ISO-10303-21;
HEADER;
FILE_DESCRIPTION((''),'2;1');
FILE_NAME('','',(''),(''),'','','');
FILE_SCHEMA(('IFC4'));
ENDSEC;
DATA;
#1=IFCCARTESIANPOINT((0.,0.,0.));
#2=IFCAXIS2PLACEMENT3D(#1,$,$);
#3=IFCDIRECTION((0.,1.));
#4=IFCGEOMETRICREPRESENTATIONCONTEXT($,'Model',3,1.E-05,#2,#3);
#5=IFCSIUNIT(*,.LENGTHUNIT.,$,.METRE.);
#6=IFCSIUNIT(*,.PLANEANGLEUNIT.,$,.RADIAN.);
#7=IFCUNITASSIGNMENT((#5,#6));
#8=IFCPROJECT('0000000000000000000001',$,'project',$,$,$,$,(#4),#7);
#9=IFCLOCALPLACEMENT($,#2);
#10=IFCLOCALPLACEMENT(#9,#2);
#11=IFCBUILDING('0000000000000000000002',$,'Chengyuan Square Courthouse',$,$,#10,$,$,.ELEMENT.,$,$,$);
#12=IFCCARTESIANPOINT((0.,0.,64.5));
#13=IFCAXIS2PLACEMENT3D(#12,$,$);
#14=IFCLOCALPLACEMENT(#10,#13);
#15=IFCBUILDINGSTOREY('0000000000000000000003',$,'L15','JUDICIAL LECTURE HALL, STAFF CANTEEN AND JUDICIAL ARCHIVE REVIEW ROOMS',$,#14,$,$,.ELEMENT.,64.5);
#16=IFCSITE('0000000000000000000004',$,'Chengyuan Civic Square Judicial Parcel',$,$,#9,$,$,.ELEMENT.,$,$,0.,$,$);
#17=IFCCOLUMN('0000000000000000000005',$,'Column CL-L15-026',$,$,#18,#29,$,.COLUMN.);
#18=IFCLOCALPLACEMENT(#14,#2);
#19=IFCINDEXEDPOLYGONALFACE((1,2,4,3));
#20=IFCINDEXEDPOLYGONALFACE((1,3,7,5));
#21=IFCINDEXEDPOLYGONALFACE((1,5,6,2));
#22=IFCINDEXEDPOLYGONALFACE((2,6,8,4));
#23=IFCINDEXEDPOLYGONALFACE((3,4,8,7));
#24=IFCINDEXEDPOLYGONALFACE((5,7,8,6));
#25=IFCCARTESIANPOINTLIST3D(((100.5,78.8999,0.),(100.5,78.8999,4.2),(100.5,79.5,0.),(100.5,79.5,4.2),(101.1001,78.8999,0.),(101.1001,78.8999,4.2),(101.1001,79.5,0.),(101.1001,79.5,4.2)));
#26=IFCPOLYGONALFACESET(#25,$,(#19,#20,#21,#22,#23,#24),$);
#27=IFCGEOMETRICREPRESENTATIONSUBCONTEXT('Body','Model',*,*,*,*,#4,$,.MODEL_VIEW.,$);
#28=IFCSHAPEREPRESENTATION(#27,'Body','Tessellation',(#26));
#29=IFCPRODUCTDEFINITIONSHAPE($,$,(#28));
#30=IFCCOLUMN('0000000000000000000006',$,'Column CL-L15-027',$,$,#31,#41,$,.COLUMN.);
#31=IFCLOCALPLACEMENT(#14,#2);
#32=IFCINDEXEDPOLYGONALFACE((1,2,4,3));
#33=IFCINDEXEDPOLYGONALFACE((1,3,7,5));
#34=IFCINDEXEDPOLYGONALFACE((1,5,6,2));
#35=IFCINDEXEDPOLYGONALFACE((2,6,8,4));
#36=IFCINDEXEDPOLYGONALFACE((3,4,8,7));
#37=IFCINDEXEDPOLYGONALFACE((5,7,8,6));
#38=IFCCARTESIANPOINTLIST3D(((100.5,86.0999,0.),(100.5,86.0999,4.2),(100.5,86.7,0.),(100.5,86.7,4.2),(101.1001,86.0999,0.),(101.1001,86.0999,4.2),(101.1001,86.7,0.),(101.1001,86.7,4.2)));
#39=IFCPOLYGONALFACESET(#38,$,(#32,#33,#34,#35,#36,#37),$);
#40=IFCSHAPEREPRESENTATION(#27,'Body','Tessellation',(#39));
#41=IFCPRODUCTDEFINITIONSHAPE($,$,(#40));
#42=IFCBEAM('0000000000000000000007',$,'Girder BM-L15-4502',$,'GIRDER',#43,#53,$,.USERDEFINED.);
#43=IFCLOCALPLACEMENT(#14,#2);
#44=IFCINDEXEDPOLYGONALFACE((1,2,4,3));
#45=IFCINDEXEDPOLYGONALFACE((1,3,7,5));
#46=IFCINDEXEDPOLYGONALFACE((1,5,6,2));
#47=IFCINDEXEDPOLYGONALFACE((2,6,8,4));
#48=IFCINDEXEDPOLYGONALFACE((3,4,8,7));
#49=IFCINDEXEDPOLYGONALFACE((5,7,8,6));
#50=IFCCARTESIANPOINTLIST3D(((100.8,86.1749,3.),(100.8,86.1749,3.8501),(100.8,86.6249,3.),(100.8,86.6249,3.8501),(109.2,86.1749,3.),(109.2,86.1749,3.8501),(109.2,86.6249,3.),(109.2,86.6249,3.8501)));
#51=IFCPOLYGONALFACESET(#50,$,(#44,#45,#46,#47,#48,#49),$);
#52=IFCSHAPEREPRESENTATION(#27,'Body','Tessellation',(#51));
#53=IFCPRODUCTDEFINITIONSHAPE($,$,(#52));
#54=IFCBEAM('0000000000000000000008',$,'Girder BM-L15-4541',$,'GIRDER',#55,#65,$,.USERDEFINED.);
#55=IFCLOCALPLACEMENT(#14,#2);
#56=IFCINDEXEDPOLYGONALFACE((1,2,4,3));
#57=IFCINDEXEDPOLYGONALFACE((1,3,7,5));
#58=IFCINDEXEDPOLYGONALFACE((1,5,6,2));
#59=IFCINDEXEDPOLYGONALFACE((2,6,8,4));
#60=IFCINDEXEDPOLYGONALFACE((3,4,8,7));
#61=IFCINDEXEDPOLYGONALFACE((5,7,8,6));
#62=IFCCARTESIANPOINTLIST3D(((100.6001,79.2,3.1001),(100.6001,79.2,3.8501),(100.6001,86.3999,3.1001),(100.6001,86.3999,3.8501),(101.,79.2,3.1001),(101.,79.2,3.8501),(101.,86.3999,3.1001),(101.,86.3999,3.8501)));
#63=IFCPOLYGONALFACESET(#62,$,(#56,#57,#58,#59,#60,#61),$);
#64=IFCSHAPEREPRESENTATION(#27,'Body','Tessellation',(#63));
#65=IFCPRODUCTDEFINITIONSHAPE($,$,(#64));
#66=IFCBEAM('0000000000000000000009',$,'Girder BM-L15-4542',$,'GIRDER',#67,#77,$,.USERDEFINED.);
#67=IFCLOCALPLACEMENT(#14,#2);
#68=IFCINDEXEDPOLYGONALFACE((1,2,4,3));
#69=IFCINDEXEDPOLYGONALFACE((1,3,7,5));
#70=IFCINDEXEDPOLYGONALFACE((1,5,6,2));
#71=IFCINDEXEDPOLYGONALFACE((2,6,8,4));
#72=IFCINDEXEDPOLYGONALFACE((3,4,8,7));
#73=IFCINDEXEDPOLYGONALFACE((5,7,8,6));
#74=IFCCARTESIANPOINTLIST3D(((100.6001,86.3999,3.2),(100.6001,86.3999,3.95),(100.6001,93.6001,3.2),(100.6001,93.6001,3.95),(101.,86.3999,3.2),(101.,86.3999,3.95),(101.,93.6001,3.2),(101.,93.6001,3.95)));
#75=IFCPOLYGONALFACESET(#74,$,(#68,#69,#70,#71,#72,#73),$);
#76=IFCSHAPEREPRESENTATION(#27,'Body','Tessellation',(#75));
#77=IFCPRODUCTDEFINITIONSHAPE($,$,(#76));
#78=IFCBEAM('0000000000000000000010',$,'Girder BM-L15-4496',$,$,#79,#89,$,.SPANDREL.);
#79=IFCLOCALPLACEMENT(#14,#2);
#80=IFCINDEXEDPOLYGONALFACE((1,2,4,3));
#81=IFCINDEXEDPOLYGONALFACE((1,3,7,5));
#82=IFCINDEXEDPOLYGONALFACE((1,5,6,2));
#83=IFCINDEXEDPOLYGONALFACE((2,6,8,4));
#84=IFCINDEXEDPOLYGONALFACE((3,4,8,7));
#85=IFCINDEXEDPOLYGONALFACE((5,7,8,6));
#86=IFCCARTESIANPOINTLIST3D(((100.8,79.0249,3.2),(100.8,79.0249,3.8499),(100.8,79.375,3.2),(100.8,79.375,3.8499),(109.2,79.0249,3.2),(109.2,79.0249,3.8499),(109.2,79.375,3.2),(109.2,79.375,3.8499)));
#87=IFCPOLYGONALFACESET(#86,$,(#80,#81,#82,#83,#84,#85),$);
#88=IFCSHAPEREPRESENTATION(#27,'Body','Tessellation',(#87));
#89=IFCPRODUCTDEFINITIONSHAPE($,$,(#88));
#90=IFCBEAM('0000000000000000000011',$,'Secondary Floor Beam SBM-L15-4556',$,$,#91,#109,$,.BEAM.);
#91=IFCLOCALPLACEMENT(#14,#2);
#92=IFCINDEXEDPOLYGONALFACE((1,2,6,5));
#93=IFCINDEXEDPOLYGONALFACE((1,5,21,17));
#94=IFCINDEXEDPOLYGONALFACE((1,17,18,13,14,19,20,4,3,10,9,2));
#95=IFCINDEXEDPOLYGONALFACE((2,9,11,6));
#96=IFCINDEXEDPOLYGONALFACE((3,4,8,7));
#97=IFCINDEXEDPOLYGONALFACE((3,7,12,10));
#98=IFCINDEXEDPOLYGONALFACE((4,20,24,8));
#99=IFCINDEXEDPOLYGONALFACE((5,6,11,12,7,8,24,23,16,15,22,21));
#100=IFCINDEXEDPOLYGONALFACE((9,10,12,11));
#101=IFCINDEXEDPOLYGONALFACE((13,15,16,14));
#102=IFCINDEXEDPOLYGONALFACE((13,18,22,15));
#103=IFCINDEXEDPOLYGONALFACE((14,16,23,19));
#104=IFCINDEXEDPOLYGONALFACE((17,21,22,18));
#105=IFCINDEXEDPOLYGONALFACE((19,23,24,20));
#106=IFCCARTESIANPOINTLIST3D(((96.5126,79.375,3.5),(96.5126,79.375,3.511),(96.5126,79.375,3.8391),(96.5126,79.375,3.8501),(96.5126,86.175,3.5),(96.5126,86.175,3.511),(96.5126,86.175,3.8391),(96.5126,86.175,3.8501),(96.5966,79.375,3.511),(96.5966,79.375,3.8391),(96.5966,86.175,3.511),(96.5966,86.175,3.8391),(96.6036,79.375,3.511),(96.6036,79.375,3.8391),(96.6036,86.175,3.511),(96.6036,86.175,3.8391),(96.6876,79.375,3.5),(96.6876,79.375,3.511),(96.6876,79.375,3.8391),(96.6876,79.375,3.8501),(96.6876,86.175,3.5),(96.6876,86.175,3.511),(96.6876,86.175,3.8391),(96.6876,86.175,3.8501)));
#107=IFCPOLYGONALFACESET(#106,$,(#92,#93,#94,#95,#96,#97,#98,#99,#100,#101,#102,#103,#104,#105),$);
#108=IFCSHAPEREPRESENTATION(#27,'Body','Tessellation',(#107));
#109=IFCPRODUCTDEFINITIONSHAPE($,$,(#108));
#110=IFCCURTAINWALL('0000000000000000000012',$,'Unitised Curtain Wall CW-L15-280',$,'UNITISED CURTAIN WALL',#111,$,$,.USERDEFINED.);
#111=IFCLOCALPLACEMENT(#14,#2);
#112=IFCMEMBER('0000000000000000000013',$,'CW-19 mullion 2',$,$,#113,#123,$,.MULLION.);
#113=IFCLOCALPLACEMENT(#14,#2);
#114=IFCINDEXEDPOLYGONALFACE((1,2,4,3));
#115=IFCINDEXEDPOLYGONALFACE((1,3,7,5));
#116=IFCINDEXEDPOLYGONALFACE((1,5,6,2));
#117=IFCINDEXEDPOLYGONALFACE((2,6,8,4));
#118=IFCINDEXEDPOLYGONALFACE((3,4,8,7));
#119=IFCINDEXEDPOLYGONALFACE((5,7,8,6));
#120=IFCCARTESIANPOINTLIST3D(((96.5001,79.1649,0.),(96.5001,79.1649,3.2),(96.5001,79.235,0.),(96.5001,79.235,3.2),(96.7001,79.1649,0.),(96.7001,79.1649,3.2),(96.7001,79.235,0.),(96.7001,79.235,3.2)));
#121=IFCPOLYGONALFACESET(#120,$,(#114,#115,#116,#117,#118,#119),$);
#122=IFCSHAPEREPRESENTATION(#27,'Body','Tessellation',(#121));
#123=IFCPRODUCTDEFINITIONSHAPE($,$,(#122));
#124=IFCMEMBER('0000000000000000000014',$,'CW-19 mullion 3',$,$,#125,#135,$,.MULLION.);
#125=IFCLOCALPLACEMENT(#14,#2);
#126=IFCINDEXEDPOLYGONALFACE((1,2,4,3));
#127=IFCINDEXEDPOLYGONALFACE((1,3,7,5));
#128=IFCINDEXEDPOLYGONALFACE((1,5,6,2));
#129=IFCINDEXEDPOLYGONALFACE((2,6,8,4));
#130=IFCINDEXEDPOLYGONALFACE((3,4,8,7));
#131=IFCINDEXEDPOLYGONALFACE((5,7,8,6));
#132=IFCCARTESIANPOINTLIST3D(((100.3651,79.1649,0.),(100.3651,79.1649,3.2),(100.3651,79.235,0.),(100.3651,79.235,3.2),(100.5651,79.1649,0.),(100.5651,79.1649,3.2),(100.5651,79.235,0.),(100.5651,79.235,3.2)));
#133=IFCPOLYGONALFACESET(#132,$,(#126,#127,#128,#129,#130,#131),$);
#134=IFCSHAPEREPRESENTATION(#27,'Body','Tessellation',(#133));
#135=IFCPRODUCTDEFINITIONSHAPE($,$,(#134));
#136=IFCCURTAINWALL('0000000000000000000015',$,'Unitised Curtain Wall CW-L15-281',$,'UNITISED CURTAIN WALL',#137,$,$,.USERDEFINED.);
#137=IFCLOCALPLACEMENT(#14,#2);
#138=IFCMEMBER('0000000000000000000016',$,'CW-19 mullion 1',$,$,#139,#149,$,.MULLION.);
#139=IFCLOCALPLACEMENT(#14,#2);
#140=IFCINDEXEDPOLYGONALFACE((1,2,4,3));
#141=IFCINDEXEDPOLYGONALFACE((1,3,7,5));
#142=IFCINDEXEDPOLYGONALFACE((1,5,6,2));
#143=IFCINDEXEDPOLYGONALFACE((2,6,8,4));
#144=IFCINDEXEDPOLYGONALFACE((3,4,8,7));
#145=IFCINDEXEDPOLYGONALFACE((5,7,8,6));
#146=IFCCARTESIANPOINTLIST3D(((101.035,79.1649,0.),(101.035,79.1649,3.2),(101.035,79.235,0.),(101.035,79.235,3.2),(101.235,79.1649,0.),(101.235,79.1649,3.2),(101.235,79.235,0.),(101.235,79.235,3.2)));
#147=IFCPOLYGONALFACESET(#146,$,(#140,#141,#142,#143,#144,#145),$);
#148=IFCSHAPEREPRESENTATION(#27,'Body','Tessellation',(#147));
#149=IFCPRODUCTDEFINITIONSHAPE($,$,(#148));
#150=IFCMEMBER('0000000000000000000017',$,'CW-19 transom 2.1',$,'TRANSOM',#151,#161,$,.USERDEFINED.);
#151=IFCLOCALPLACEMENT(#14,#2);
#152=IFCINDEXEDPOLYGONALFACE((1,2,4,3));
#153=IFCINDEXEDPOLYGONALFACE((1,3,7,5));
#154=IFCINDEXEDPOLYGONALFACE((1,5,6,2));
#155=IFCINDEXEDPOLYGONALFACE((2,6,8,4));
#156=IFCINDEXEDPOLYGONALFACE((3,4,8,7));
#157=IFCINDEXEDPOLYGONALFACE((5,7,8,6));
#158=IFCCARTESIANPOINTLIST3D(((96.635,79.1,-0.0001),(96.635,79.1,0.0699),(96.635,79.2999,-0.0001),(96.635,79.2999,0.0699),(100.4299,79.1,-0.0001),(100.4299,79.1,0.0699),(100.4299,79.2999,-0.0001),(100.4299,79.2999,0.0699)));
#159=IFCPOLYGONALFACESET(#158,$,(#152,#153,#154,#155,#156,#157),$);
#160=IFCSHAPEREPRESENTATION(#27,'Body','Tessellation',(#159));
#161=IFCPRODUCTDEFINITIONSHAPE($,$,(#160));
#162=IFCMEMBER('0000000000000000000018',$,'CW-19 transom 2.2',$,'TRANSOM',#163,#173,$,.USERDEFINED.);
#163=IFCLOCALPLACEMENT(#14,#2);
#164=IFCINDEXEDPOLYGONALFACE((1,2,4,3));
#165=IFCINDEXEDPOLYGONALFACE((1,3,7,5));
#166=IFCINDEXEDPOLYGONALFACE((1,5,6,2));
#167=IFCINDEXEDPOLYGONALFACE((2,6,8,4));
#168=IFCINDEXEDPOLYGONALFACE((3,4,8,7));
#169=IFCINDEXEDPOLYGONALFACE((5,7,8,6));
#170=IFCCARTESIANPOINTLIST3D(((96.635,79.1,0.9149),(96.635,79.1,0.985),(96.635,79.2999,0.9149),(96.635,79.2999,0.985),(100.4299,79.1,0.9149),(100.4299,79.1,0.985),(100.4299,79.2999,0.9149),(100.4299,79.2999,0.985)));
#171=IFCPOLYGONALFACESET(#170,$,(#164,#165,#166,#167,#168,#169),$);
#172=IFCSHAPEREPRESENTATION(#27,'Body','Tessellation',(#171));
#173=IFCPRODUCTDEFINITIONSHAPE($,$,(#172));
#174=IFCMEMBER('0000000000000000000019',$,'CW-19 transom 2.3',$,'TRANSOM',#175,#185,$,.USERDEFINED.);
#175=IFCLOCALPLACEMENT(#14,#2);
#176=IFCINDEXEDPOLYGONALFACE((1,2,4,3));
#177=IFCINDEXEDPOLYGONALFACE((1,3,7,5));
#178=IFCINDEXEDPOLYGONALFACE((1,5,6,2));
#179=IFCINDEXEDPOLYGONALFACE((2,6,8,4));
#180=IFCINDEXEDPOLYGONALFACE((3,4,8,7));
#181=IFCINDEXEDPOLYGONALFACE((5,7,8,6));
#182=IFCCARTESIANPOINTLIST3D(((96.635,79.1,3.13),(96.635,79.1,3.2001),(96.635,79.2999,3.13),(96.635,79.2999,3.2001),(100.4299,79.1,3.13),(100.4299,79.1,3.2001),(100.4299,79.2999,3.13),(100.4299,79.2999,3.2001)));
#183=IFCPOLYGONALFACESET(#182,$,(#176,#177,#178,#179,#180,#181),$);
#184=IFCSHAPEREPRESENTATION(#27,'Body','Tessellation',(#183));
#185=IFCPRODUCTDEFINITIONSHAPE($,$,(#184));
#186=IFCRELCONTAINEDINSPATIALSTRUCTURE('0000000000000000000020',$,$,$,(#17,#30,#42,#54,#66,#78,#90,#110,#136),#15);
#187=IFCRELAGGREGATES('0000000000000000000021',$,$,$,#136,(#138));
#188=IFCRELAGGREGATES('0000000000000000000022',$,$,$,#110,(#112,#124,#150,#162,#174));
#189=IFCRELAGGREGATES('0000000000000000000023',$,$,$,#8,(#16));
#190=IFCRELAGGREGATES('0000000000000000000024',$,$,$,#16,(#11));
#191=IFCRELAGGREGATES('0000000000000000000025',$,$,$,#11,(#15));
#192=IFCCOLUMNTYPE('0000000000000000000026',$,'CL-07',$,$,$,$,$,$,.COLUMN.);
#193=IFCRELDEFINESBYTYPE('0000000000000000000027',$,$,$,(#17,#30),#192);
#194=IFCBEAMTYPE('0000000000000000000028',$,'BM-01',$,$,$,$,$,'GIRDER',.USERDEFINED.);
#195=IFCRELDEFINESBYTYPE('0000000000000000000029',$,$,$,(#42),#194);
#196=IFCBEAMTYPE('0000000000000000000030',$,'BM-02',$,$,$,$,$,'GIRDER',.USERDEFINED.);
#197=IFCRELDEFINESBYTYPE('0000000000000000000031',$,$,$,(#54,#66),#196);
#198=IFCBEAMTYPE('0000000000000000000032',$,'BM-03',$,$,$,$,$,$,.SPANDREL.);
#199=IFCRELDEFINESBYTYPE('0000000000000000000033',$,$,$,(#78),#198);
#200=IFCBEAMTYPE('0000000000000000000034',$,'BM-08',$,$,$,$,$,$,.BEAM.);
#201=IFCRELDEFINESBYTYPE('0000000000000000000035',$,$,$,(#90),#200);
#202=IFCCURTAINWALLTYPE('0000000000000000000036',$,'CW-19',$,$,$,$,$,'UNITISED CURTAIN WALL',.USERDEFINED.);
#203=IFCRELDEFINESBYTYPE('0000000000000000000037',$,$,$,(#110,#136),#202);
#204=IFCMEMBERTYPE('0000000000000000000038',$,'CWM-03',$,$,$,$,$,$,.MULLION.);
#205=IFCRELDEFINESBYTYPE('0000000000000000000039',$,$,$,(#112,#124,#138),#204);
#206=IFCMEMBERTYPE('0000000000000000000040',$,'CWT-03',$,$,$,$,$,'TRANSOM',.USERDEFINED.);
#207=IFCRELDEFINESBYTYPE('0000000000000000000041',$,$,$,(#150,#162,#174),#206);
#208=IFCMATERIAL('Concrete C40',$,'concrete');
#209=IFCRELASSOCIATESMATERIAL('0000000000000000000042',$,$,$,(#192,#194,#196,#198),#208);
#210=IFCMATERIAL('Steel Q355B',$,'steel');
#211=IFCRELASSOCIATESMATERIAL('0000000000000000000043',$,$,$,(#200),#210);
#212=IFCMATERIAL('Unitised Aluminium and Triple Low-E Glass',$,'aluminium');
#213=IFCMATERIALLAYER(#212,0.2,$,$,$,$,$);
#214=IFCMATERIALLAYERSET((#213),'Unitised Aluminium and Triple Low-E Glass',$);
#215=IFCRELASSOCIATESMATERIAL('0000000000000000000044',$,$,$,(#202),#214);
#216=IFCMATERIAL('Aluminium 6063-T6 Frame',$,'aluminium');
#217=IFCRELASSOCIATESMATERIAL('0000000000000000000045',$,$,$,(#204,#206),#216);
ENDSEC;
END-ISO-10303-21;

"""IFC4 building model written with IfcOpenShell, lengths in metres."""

from ifc_helpers import new_model, si_unit, direction, frame, origin, origin_2d, place, context, subcontext, project, spatial, rectangle, i_section, extrude, material, layer, layer_set, material_profile, profile_set, type_object, element, aggregate, save


model = new_model("IFC4")

# Units and contexts
model_context = context("Model", 3, precision=1e-05, world=origin(), true_north=direction((0.0, 1.0)))
body_context = subcontext(model_context, "Body", "Model", "MODEL_VIEW")
ifc_project = project(units=[si_unit("LENGTHUNIT", "METRE"), si_unit("PLANEANGLEUNIT", "RADIAN")], contexts=[model_context])

# Site, building, storey
site_placement = place(None, origin())
site = spatial("IfcSite", under=ifc_project, at=site_placement, Name="Chengyuan Civic Square Judicial Parcel", CompositionType="ELEMENT", RefElevation=0.0)
building_placement = place(site_placement, origin())
building = spatial("IfcBuilding", under=site, at=building_placement, Name="Chengyuan Square Courthouse", CompositionType="ELEMENT")
storey_placement = place(building_placement, frame((0.0, 0.0, 64.5)))
storey = spatial("IfcBuildingStorey", under=building, at=storey_placement, Name="L15", Description="JUDICIAL LECTURE HALL, STAFF CANTEEN AND JUDICIAL ARCHIVE REVIEW ROOMS", CompositionType="ELEMENT", Elevation=64.5)

# Columns
ifc_material_1 = material(Name="Concrete C40", Category="concrete")
ifc_material_profile_1 = material_profile(ifc_material_1, rectangle(XDim=0.6001, YDim=0.6001, at=origin_2d()), Name="RC-COL-600x600")
ifc_profile_set_1 = profile_set([ifc_material_profile_1], Name="Concrete C40")
column_type = type_object("IfcColumnType", Name="CL-07", PredefinedType="COLUMN", material=ifc_profile_set_1)
for number, where, z_axis, x_axis, name in (
    (1, (100.8, 79.2, 0.0), (0.0, 0.0, 1.0), (1.0, 0.0, 0.0), "Column CL-L15-026"),
    (2, (100.8, 86.3999, 0.0), (0.0, 0.0, 1.0), (1.0, 0.0, 0.0), "Column CL-L15-027"),
):
    element("IfcColumn", number, at=place(storey_placement, frame(where, z_axis=z_axis, x_axis=x_axis)), inside=storey, type_object=column_type, Name=name, PredefinedType="COLUMN", context=body_context, shape_type="SweptSolid", body=[
        extrude(rectangle(XDim=0.6001, YDim=0.6001, at=origin_2d()), origin(), (0.0, 0.0, 1.0), 4.2),
    ])

# Beams
ifc_material_profile_2 = material_profile(ifc_material_1, rectangle(XDim=0.45, YDim=0.8501, at=origin_2d()), Name="RC-BM-450x850")
ifc_profile_set_2 = profile_set([ifc_material_profile_2], Name="Concrete C40")
beam_type_1 = type_object("IfcBeamType", Name="BM-01", ElementType="GIRDER", PredefinedType="USERDEFINED", material=ifc_profile_set_2)
beam_1_placement = place(storey_placement, frame((100.8, 86.3999, 3.425), z_axis=(1.0, 0.0, 0.0), x_axis=(0.0, 1.0, 0.0)))
element("IfcBeam", 3, at=beam_1_placement, inside=storey, type_object=beam_type_1, Name="Girder BM-L15-4502", ObjectType="GIRDER", PredefinedType="USERDEFINED", context=body_context, shape_type="SweptSolid", body=[
    extrude(rectangle(XDim=0.45, YDim=0.8501, at=origin_2d()), origin(), (0.0, 0.0, 1.0), 8.3999),
])
ifc_material_profile_3 = material_profile(ifc_material_1, rectangle(XDim=0.3999, YDim=0.75, at=origin_2d()), Name="RC-BM-400x750")
ifc_profile_set_3 = profile_set([ifc_material_profile_3], Name="Concrete C40")
beam_type_2 = type_object("IfcBeamType", Name="BM-02", ElementType="GIRDER", PredefinedType="USERDEFINED", material=ifc_profile_set_3)
beam_2_placement = place(storey_placement, frame((100.8, 79.2, 3.4751), z_axis=(0.0, 1.0, 0.0), x_axis=(-1.0, 0.0, 0.0)))
element("IfcBeam", 4, at=beam_2_placement, inside=storey, type_object=beam_type_2, Name="Girder BM-L15-4541", ObjectType="GIRDER", PredefinedType="USERDEFINED", context=body_context, shape_type="SweptSolid", body=[
    extrude(rectangle(XDim=0.3999, YDim=0.75, at=origin_2d()), origin(), (0.0, 0.0, 1.0), 7.2),
])
beam_3_placement = place(storey_placement, frame((100.8, 86.3999, 3.575), z_axis=(0.0, 1.0, 0.0), x_axis=(-1.0, 0.0, 0.0)))
element("IfcBeam", 5, at=beam_3_placement, inside=storey, type_object=beam_type_2, Name="Girder BM-L15-4542", ObjectType="GIRDER", PredefinedType="USERDEFINED", context=body_context, shape_type="SweptSolid", body=[
    extrude(rectangle(XDim=0.3999, YDim=0.75, at=origin_2d()), origin(), (0.0, 0.0, 1.0), 7.2002),
])
ifc_material_profile_4 = material_profile(ifc_material_1, rectangle(XDim=0.3501, YDim=0.6499, at=origin_2d()), Name="RC-BM-350x650")
ifc_profile_set_4 = profile_set([ifc_material_profile_4], Name="Concrete C40")
beam_type_3 = type_object("IfcBeamType", Name="BM-03", PredefinedType="SPANDREL", material=ifc_profile_set_4)
beam_4_placement = place(storey_placement, frame((100.8, 79.2, 3.5249), z_axis=(1.0, 0.0, 0.0), x_axis=(0.0, 1.0, 0.0)))
element("IfcBeam", 6, at=beam_4_placement, inside=storey, type_object=beam_type_3, Name="Girder BM-L15-4496", PredefinedType="SPANDREL", context=body_context, shape_type="SweptSolid", body=[
    extrude(rectangle(XDim=0.3501, YDim=0.6499, at=origin_2d()), origin(), (0.0, 0.0, 1.0), 8.3999),
])
ifc_material_2 = material(Name="Steel Q355B", Category="steel")
ifc_material_profile_5 = material_profile(ifc_material_2, i_section(OverallWidth=0.175, OverallDepth=0.3501, WebThickness=0.0071, FlangeThickness=0.011, at=origin_2d()), Name="HN 350x175x7x11")
ifc_profile_set_5 = profile_set([ifc_material_profile_5], Name="Steel Q355B")
beam_type_4 = type_object("IfcBeamType", Name="BM-08", PredefinedType="BEAM", material=ifc_profile_set_5)
beam_5_placement = place(storey_placement, frame((96.6001, 79.375, 3.675), z_axis=(0.0, 1.0, 0.0), x_axis=(-1.0, 0.0, 0.0)))
element("IfcBeam", 7, at=beam_5_placement, inside=storey, type_object=beam_type_4, Name="Secondary Floor Beam SBM-L15-4556", PredefinedType="BEAM", context=body_context, shape_type="SweptSolid", body=[
    extrude(i_section(OverallWidth=0.175, OverallDepth=0.3501, WebThickness=0.0071, FlangeThickness=0.011, at=origin_2d()), origin(), (0.0, 0.0, 1.0), 6.8),
])

# Curtain wall, members
ifc_material_3 = material(Name="Unitised Aluminium and Triple Low-E Glass", Category="aluminium")
ifc_layer_1 = layer(ifc_material_3, 0.2)
ifc_layer_set_1 = layer_set([ifc_layer_1], Name="Unitised Aluminium and Triple Low-E Glass")
curtain_wall_type = type_object("IfcCurtainWallType", Name="CW-19", ElementType="UNITISED CURTAIN WALL", PredefinedType="USERDEFINED", material=ifc_layer_set_1)
curtain_wall_1_placement = place(storey_placement, origin())
curtain_wall_1 = element("IfcCurtainWall", 8, at=curtain_wall_1_placement, inside=storey, type_object=curtain_wall_type, Name="Unitised Curtain Wall CW-L15-280", ObjectType="UNITISED CURTAIN WALL", PredefinedType="USERDEFINED")
ifc_material_4 = material(Name="Aluminium 6063-T6 Frame", Category="aluminium")
ifc_material_profile_6 = material_profile(ifc_material_4, rectangle(XDim=0.0701, YDim=0.2, at=origin_2d()), Name="CW-MUL-70x200")
ifc_profile_set_6 = profile_set([ifc_material_profile_6], Name="Aluminium 6063-T6 Frame")
member_type_1 = type_object("IfcMemberType", Name="CWM-03", PredefinedType="MULLION", material=ifc_profile_set_6)
member_1_placement = place(storey_placement, frame((96.6001, 79.2, 0.0), z_axis=(0.0, 0.0, 1.0), x_axis=(0.0, 1.0, 0.0)))
member_1 = element("IfcMember", 9, at=member_1_placement, type_object=member_type_1, Name="CW-19 mullion 2", PredefinedType="MULLION", context=body_context, shape_type="SweptSolid", body=[
    extrude(rectangle(XDim=0.0701, YDim=0.2, at=origin_2d()), origin(), (0.0, 0.0, 1.0), 3.2),
])
member_2_placement = place(storey_placement, frame((100.4651, 79.2, 0.0), z_axis=(0.0, 0.0, 1.0), x_axis=(0.0, 1.0, 0.0)))
member_2 = element("IfcMember", 10, at=member_2_placement, type_object=member_type_1, Name="CW-19 mullion 3", PredefinedType="MULLION", context=body_context, shape_type="SweptSolid", body=[
    extrude(rectangle(XDim=0.0701, YDim=0.2, at=origin_2d()), origin(), (0.0, 0.0, 1.0), 3.2),
])

# Curtain wall, member
curtain_wall_2_placement = place(storey_placement, origin())
curtain_wall_2 = element("IfcCurtainWall", 11, at=curtain_wall_2_placement, inside=storey, type_object=curtain_wall_type, Name="Unitised Curtain Wall CW-L15-281", ObjectType="UNITISED CURTAIN WALL", PredefinedType="USERDEFINED")
member_3_placement = place(storey_placement, frame((101.135, 79.2, 0.0), z_axis=(0.0, 0.0, 1.0), x_axis=(0.0, 1.0, 0.0)))
member_3 = element("IfcMember", 12, at=member_3_placement, type_object=member_type_1, Name="CW-19 mullion 1", PredefinedType="MULLION", context=body_context, shape_type="SweptSolid", body=[
    extrude(rectangle(XDim=0.0701, YDim=0.2, at=origin_2d()), origin(), (0.0, 0.0, 1.0), 3.2),
])
aggregate(curtain_wall_2, [member_3])

# Members
ifc_material_profile_7 = material_profile(ifc_material_4, rectangle(XDim=0.2, YDim=0.0701, at=origin_2d()), Name="CW-TRN-70x160")
ifc_profile_set_7 = profile_set([ifc_material_profile_7], Name="Aluminium 6063-T6 Frame")
member_type_2 = type_object("IfcMemberType", Name="CWT-03", ElementType="TRANSOM", PredefinedType="USERDEFINED", material=ifc_profile_set_7)
member_4_placement = place(storey_placement, frame((96.635, 79.2, 0.0349), z_axis=(1.0, 0.0, 0.0), x_axis=(0.0, 1.0, 0.0)))
member_4 = element("IfcMember", 13, at=member_4_placement, type_object=member_type_2, Name="CW-19 transom 2.1", ObjectType="TRANSOM", PredefinedType="USERDEFINED", context=body_context, shape_type="SweptSolid", body=[
    extrude(rectangle(XDim=0.2, YDim=0.0701, at=origin_2d()), origin(), (0.0, 0.0, 1.0), 3.7949),
])
member_5_placement = place(storey_placement, frame((96.635, 79.2, 0.95), z_axis=(1.0, 0.0, 0.0), x_axis=(0.0, 1.0, 0.0)))
member_5 = element("IfcMember", 14, at=member_5_placement, type_object=member_type_2, Name="CW-19 transom 2.2", ObjectType="TRANSOM", PredefinedType="USERDEFINED", context=body_context, shape_type="SweptSolid", body=[
    extrude(rectangle(XDim=0.2, YDim=0.0701, at=origin_2d()), origin(), (0.0, 0.0, 1.0), 3.7949),
])
member_6_placement = place(storey_placement, frame((96.635, 79.2, 3.165), z_axis=(1.0, 0.0, 0.0), x_axis=(0.0, 1.0, 0.0)))
member_6 = element("IfcMember", 15, at=member_6_placement, type_object=member_type_2, Name="CW-19 transom 2.3", ObjectType="TRANSOM", PredefinedType="USERDEFINED", context=body_context, shape_type="SweptSolid", body=[
    extrude(rectangle(XDim=0.2, YDim=0.0701, at=origin_2d()), origin(), (0.0, 0.0, 1.0), 3.7949),
])

aggregate(curtain_wall_1, [member_1, member_2, member_4, member_5, member_6])

save(model, "model.ifc")
